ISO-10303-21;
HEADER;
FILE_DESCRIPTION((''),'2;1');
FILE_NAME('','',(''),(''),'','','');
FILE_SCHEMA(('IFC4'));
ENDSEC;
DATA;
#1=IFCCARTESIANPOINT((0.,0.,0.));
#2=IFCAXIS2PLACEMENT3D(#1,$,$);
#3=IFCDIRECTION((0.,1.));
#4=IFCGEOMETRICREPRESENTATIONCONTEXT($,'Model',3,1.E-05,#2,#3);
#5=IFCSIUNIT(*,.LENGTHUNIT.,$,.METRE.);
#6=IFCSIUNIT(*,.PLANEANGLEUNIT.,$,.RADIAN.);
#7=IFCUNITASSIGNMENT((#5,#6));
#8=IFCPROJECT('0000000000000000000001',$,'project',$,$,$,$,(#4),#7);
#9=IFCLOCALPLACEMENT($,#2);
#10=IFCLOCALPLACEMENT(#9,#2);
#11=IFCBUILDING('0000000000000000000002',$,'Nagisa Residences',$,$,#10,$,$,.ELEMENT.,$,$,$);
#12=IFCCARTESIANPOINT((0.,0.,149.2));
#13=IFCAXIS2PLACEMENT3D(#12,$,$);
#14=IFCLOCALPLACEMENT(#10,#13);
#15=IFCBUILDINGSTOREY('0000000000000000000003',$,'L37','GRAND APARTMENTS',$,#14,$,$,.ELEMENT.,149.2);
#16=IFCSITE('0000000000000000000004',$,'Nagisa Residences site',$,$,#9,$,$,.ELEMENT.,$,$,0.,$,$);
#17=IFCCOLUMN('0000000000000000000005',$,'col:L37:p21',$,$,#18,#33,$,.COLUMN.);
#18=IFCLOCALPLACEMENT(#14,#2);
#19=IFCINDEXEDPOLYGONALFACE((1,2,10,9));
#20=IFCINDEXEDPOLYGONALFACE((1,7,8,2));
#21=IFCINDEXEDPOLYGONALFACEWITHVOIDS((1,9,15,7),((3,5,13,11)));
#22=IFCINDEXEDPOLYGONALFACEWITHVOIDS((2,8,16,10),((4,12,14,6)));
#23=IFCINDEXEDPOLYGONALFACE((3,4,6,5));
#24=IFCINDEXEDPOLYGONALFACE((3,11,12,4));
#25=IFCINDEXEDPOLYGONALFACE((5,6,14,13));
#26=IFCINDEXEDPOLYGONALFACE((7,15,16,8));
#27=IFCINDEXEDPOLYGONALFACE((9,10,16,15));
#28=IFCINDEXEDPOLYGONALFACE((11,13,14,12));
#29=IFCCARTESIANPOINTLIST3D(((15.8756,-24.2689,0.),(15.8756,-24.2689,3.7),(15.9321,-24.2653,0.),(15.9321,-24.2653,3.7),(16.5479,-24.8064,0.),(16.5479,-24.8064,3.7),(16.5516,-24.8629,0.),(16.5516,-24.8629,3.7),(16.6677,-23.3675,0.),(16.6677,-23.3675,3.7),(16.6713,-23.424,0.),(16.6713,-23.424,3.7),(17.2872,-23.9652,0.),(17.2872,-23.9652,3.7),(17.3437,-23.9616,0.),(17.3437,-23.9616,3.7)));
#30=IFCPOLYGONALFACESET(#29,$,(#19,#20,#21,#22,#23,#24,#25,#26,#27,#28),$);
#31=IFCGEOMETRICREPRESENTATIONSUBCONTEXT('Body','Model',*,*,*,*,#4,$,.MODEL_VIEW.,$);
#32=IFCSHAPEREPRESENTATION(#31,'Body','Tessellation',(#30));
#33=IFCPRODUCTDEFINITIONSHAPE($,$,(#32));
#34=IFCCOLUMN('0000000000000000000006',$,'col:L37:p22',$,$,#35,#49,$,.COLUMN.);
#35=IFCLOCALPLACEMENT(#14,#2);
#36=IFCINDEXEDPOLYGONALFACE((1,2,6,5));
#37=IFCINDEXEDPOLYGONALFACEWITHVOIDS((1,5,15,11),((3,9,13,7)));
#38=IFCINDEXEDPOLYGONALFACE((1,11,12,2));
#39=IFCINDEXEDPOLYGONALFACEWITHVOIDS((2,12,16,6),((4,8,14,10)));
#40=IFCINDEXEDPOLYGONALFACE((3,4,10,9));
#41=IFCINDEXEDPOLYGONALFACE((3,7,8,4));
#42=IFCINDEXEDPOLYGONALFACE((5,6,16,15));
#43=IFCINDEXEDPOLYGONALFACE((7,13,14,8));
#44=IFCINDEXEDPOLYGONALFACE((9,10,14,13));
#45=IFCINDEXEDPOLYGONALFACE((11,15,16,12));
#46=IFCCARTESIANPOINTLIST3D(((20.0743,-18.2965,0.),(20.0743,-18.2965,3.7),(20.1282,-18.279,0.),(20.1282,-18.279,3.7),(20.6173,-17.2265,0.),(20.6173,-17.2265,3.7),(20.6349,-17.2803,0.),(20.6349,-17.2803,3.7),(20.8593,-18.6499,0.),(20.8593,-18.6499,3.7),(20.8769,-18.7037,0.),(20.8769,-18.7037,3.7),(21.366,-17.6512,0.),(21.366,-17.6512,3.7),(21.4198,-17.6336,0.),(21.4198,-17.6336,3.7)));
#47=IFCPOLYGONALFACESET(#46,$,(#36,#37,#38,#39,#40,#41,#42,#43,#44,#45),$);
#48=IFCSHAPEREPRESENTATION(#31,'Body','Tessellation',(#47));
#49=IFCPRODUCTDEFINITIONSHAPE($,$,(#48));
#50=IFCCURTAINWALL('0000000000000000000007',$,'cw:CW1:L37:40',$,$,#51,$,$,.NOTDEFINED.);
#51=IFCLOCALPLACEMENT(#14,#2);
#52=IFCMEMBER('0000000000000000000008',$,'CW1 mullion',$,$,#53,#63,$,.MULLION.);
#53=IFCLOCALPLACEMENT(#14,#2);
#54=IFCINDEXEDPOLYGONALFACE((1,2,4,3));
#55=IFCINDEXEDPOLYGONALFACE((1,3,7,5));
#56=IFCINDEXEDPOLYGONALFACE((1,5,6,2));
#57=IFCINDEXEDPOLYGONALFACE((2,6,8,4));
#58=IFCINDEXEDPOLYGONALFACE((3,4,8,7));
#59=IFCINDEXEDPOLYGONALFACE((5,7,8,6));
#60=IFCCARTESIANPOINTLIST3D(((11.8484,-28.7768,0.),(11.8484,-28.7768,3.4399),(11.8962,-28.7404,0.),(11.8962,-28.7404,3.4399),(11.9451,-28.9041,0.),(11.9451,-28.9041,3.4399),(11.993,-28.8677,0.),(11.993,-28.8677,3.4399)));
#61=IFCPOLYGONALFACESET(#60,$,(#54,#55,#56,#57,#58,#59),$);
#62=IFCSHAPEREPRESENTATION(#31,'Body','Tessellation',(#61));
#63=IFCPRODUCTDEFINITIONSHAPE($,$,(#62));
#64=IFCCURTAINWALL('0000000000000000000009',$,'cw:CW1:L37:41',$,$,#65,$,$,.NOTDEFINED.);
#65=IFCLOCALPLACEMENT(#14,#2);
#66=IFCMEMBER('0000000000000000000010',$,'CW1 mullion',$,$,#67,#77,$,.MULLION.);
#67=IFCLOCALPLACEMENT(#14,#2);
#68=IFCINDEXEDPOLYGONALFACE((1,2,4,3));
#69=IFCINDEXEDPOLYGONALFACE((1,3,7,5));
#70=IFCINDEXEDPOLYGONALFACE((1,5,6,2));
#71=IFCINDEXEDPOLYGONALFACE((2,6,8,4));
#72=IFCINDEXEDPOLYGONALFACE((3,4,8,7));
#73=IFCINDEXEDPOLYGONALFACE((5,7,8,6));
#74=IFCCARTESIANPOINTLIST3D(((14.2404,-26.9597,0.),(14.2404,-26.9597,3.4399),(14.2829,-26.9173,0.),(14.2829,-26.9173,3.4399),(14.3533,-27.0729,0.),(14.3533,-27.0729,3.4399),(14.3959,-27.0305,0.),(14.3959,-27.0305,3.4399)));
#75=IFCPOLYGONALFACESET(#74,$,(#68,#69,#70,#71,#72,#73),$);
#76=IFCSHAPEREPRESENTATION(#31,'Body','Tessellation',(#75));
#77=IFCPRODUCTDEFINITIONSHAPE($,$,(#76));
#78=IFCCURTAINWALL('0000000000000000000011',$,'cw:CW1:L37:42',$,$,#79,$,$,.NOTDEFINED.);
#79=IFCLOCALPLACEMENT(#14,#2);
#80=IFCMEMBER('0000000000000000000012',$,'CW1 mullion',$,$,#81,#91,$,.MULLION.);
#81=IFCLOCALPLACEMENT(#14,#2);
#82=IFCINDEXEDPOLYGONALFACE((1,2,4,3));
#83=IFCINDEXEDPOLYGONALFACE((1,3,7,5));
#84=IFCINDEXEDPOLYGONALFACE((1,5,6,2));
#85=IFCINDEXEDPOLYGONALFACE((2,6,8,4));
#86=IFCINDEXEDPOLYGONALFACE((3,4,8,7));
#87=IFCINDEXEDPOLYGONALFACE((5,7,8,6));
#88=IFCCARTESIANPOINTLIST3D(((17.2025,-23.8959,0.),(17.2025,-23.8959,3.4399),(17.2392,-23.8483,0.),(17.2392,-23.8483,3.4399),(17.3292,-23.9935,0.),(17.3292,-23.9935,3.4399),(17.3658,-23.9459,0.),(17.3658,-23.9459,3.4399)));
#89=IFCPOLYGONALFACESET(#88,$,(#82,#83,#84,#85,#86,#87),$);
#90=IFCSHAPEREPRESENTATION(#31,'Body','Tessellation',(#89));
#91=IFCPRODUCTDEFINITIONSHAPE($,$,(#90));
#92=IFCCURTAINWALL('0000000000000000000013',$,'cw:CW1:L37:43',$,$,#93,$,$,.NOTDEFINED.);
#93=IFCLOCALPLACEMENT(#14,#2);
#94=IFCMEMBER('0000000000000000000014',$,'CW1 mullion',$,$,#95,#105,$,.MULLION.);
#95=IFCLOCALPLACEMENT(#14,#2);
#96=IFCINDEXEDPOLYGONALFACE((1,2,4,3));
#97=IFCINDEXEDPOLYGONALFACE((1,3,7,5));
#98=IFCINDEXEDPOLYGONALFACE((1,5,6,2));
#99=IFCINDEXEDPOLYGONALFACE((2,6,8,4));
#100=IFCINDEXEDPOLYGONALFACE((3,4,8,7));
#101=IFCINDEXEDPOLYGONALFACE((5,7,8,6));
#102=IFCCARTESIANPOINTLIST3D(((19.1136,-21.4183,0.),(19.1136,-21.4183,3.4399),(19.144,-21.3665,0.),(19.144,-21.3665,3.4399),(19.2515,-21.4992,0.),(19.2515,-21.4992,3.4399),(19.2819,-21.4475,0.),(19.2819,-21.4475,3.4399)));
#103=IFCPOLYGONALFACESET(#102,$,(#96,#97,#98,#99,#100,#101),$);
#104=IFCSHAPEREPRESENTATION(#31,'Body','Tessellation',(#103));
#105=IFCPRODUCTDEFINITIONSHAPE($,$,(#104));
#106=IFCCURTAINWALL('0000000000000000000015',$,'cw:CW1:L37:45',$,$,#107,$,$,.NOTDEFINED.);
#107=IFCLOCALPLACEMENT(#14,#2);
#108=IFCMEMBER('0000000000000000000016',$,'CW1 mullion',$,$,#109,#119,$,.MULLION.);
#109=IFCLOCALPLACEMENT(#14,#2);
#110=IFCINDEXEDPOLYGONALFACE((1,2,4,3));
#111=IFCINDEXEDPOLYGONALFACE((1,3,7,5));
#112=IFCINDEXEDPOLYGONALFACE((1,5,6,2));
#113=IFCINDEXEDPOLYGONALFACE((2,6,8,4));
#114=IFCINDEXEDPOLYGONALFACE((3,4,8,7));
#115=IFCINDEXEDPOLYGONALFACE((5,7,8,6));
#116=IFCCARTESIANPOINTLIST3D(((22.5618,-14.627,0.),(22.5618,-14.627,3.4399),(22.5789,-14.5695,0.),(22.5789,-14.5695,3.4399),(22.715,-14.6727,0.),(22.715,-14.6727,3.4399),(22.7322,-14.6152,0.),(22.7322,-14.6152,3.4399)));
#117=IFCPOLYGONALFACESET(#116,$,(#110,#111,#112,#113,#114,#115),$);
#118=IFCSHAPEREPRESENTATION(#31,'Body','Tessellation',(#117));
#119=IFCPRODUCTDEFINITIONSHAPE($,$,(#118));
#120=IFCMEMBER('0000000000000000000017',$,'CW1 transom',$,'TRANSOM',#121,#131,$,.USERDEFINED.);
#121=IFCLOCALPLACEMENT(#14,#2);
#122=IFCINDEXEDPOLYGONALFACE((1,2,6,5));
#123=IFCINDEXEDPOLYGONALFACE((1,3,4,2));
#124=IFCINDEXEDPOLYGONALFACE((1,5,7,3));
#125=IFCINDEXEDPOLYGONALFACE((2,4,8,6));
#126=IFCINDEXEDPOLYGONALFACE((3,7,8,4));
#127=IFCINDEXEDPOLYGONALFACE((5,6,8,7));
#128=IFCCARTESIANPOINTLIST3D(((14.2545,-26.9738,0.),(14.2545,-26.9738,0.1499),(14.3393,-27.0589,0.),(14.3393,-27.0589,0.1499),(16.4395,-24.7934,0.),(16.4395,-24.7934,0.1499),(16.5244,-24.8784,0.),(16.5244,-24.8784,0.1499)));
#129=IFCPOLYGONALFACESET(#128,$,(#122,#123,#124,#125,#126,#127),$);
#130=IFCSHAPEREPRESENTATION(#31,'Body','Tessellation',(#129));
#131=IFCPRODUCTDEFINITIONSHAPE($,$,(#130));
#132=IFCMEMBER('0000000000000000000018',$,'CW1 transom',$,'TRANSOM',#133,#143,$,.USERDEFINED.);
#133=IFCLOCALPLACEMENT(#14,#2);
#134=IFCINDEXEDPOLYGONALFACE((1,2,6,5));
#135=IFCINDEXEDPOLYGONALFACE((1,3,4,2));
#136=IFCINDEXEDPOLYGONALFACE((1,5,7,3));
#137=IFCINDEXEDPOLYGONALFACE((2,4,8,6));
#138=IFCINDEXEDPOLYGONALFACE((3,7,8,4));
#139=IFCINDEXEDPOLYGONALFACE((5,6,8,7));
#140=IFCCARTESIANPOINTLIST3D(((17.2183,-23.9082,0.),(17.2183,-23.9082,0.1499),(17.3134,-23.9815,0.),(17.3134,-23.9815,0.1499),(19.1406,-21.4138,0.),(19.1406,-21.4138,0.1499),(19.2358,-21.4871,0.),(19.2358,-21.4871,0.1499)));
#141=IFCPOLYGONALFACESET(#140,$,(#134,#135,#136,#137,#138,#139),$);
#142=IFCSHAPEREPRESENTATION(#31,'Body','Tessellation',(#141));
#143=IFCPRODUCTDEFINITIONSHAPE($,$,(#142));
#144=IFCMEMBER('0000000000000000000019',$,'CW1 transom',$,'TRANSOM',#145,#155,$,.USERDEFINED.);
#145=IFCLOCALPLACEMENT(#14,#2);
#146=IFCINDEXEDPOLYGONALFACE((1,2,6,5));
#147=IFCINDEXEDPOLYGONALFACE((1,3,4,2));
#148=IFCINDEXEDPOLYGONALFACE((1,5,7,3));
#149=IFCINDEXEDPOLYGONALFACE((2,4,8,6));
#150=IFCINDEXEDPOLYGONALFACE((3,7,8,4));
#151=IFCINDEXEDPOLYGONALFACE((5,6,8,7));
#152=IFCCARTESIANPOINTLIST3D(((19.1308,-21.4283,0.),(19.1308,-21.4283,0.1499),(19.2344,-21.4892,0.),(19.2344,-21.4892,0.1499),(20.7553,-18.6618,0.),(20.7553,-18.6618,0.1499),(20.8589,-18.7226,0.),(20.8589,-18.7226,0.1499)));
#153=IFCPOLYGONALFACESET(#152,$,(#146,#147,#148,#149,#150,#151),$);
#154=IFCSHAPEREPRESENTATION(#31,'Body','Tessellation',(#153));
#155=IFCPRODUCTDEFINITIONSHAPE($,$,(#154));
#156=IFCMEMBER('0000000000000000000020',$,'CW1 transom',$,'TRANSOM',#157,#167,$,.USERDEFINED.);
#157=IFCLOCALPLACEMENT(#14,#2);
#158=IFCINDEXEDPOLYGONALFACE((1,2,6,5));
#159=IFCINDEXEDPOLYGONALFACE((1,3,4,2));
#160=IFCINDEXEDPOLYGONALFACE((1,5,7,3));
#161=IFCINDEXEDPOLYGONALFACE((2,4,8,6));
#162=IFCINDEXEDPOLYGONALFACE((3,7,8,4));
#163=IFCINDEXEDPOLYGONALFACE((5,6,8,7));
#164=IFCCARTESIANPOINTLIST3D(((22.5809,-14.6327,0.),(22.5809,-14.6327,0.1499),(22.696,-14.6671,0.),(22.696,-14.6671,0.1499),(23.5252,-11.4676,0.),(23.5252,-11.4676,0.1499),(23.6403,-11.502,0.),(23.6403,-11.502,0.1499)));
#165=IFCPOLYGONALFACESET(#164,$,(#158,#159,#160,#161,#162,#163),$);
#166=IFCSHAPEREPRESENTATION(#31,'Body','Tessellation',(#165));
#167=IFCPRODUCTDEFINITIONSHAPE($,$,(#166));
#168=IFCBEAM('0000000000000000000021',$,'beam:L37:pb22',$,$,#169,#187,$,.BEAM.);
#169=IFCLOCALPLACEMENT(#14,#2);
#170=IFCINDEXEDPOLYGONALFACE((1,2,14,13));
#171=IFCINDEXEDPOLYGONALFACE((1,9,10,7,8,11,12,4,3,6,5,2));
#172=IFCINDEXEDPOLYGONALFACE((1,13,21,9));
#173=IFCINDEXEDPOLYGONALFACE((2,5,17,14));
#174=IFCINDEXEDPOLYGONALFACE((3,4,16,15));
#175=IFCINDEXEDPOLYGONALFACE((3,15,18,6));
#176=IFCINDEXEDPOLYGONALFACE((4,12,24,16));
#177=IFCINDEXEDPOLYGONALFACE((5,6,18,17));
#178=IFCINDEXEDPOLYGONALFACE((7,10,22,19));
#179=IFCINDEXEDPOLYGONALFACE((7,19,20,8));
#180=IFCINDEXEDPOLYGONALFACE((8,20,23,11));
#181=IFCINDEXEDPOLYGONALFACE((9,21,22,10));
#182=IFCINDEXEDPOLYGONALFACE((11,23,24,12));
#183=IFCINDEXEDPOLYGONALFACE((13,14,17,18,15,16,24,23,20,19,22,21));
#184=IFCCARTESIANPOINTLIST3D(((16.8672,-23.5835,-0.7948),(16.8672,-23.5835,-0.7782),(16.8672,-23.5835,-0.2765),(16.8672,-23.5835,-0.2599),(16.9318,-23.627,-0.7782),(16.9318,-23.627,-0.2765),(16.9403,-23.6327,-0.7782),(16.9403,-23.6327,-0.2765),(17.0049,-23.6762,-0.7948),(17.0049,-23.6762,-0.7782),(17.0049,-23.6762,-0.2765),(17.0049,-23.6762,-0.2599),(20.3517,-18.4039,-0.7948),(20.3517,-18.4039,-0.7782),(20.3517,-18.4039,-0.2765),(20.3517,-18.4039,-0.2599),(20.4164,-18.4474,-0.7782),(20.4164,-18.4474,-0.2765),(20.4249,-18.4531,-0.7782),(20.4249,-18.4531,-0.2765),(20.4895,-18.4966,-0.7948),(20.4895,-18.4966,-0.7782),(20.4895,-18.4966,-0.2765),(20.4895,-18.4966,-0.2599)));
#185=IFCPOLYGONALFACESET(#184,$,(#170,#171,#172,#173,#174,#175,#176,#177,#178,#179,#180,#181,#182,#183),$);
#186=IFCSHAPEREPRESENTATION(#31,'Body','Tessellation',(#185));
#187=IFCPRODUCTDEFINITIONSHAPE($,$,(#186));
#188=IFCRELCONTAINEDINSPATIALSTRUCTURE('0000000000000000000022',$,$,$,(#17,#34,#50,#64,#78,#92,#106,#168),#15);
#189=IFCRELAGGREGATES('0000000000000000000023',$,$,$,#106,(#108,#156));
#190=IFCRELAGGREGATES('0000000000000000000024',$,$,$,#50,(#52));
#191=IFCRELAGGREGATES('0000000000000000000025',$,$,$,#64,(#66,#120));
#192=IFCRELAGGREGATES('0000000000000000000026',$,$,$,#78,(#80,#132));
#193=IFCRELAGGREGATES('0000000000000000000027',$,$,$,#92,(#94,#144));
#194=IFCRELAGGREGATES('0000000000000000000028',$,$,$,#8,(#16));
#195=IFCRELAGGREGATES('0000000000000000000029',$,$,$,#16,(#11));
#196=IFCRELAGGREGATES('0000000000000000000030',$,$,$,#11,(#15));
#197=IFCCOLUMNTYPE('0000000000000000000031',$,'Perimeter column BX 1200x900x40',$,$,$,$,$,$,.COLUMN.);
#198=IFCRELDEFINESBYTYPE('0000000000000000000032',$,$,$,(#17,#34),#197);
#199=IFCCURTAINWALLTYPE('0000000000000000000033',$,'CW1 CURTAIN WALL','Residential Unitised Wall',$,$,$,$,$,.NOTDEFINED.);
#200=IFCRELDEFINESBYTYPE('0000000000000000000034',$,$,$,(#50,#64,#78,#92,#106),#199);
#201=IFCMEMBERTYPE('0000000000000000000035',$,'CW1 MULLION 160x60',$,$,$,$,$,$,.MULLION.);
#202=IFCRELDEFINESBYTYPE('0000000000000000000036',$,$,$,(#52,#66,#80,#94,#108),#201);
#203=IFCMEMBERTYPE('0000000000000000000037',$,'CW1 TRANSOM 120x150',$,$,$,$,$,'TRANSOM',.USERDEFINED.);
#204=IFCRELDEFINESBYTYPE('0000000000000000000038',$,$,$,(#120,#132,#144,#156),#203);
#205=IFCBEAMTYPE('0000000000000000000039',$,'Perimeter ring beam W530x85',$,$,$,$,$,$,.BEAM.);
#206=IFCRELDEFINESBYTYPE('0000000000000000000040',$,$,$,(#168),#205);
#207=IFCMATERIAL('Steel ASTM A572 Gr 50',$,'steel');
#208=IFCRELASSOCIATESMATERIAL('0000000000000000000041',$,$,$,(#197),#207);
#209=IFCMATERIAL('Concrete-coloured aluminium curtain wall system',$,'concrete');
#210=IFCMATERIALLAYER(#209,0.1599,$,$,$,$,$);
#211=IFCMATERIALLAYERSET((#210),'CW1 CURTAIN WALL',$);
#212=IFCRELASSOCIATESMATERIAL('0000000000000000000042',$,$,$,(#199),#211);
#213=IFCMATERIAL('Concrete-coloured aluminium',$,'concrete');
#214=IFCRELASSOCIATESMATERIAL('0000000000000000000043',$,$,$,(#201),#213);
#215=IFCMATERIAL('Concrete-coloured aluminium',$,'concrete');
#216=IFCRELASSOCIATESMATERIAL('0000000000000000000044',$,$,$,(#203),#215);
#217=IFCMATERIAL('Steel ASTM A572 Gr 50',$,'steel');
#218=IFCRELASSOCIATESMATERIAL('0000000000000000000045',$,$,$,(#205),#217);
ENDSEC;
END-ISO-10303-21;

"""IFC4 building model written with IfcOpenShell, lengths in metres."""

from ifc_helpers import new_model, si_unit, direction, frame, origin, origin_2d, place, context, subcontext, project, spatial, rectangle, hollow_rectangle, i_section, extrude, material, layer, layer_set, material_profile, profile_set, type_object, element, aggregate, save


model = new_model("IFC4")

# Units and contexts
model_context = context("Model", 3, precision=1e-05, world=origin(), true_north=direction((0.0, 1.0)))
body_context = subcontext(model_context, "Body", "Model", "MODEL_VIEW")
ifc_project = project(units=[si_unit("LENGTHUNIT", "METRE"), si_unit("PLANEANGLEUNIT", "RADIAN")], contexts=[model_context])

# Site, building, storey
site_placement = place(None, origin())
site = spatial("IfcSite", under=ifc_project, at=site_placement, Name="Nagisa Residences site", CompositionType="ELEMENT", RefElevation=0.0)
building_placement = place(site_placement, origin())
building = spatial("IfcBuilding", under=site, at=building_placement, Name="Nagisa Residences", CompositionType="ELEMENT")
storey_placement = place(building_placement, frame((0.0, 0.0, 149.2)))
storey = spatial("IfcBuildingStorey", under=building, at=storey_placement, Name="L37", Description="GRAND APARTMENTS", CompositionType="ELEMENT", Elevation=149.2)

# Columns
ifc_material_1 = material(Name="Steel ASTM A572 Gr 50", Category="steel")
ifc_material_profile_1 = material_profile(ifc_material_1, hollow_rectangle(XDim=1.2, YDim=0.8999, WallThickness=0.04, at=origin_2d()), Name="BX 1200x900x40")
ifc_profile_set_1 = profile_set([ifc_material_profile_1], Name="Steel ASTM A572 Gr 50")
column_type = type_object("IfcColumnType", Name="Perimeter column BX 1200x900x40", PredefinedType="COLUMN", material=ifc_profile_set_1)
for number, where, z_axis, x_axis, name in (
    (1, (16.6096, -24.1152, 0.0), (0.0, 0.0, 1.0), (0.660115, 0.751165, 0.0), "col:L37:p21"),
    (2, (20.7471, -17.9651, 0.0), (0.0, 0.0, 1.0), (0.452463, 0.891783, 0.0), "col:L37:p22"),
):
    element("IfcColumn", number, at=place(storey_placement, frame(where, z_axis=z_axis, x_axis=x_axis)), inside=storey, type_object=column_type, Name=name, PredefinedType="COLUMN", context=body_context, shape_type="SweptSolid", body=[
        extrude(hollow_rectangle(XDim=1.2, YDim=0.8999, WallThickness=0.04, at=origin_2d()), origin(), (0.0, 0.0, 1.0), 3.7),
    ])

# Curtain walls, members
ifc_material_2 = material(Name="Concrete-coloured aluminium curtain wall system", Category="concrete")
ifc_layer_1 = layer(ifc_material_2, 0.1599)
ifc_layer_set_1 = layer_set([ifc_layer_1], Name="CW1 CURTAIN WALL")
curtain_wall_type = type_object("IfcCurtainWallType", Name="CW1 CURTAIN WALL", Description="Residential Unitised Wall", PredefinedType="NOTDEFINED", material=ifc_layer_set_1)
curtain_wall_1_placement = place(storey_placement, origin())
curtain_wall_1 = element("IfcCurtainWall", 3, at=curtain_wall_1_placement, inside=storey, type_object=curtain_wall_type, Name="cw:CW1:L37:40", PredefinedType="NOTDEFINED")
ifc_material_3 = material(Name="Concrete-coloured aluminium", Category="concrete")
ifc_material_profile_2 = material_profile(ifc_material_3, rectangle(XDim=0.1599, YDim=0.0601, at=origin_2d()), Name="CW1 MULLION 160x60")
ifc_profile_set_2 = profile_set([ifc_material_profile_2], Name="Concrete-coloured aluminium")
member_type_1 = type_object("IfcMemberType", Name="CW1 MULLION 160x60", PredefinedType="MULLION", material=ifc_profile_set_2)
member_1_placement = place(storey_placement, frame((11.9207, -28.8223, 0.0), z_axis=(0.0, 0.0, 1.0), x_axis=(-0.605255, 0.796031, 0.0)))
member_1 = element("IfcMember", 4, at=member_1_placement, type_object=member_type_1, Name="CW1 mullion", PredefinedType="MULLION", context=body_context, shape_type="SweptSolid", body=[
    extrude(rectangle(XDim=0.1599, YDim=0.0601, at=origin_2d()), origin(), (0.0, 0.0, 1.0), 3.4399),
])
curtain_wall_2_placement = place(storey_placement, origin())
curtain_wall_2 = element("IfcCurtainWall", 5, at=curtain_wall_2_placement, inside=storey, type_object=curtain_wall_type, Name="cw:CW1:L37:41", PredefinedType="NOTDEFINED")
member_2_placement = place(storey_placement, frame((14.3181, -26.9951, 0.0), z_axis=(0.0, 0.0, 1.0), x_axis=(-0.706377, 0.707836, 0.0)))
member_2 = element("IfcMember", 6, at=member_2_placement, type_object=member_type_1, Name="CW1 mullion", PredefinedType="MULLION", context=body_context, shape_type="SweptSolid", body=[
    extrude(rectangle(XDim=0.1599, YDim=0.0601, at=origin_2d()), origin(), (0.0, 0.0, 1.0), 3.4399),
])
curtain_wall_3_placement = place(storey_placement, origin())
curtain_wall_3 = element("IfcCurtainWall", 7, at=curtain_wall_3_placement, inside=storey, type_object=curtain_wall_type, Name="cw:CW1:L37:42", PredefinedType="NOTDEFINED")
member_3_placement = place(storey_placement, frame((17.2842, -23.9209, 0.0), z_axis=(0.0, 0.0, 1.0), x_axis=(-0.79207, 0.61043, 0.0)))
member_3 = element("IfcMember", 8, at=member_3_placement, type_object=member_type_1, Name="CW1 mullion", PredefinedType="MULLION", context=body_context, shape_type="SweptSolid", body=[
    extrude(rectangle(XDim=0.1599, YDim=0.0601, at=origin_2d()), origin(), (0.0, 0.0, 1.0), 3.4399),
])
curtain_wall_4_placement = place(storey_placement, origin())
curtain_wall_4 = element("IfcCurtainWall", 9, at=curtain_wall_4_placement, inside=storey, type_object=curtain_wall_type, Name="cw:CW1:L37:43", PredefinedType="NOTDEFINED")
member_4_placement = place(storey_placement, frame((19.1978, -21.4329, 0.0), z_axis=(0.0, 0.0, 1.0), x_axis=(-0.862329, 0.506349, 0.0)))
member_4 = element("IfcMember", 10, at=member_4_placement, type_object=member_type_1, Name="CW1 mullion", PredefinedType="MULLION", context=body_context, shape_type="SweptSolid", body=[
    extrude(rectangle(XDim=0.1599, YDim=0.0601, at=origin_2d()), origin(), (0.0, 0.0, 1.0), 3.4399),
])
curtain_wall_5_placement = place(storey_placement, origin())
curtain_wall_5 = element("IfcCurtainWall", 11, at=curtain_wall_5_placement, inside=storey, type_object=curtain_wall_type, Name="cw:CW1:L37:45", PredefinedType="NOTDEFINED")
member_5_placement = place(storey_placement, frame((22.647, -14.6211, 0.0), z_axis=(0.0, 0.0, 1.0), x_axis=(-0.958271, 0.28586, 0.0)))
member_5 = element("IfcMember", 12, at=member_5_placement, type_object=member_type_1, Name="CW1 mullion", PredefinedType="MULLION", context=body_context, shape_type="SweptSolid", body=[
    extrude(rectangle(XDim=0.1599, YDim=0.0601, at=origin_2d()), origin(), (0.0, 0.0, 1.0), 3.4399),
])

# Members
ifc_material_4 = material(Name="Concrete-coloured aluminium", Category="concrete")
ifc_material_profile_3 = material_profile(ifc_material_4, rectangle(XDim=0.1201, YDim=0.1499, at=origin_2d()), Name="CW1 TRANSOM 120x150")
ifc_profile_set_3 = profile_set([ifc_material_profile_3], Name="Concrete-coloured aluminium")
member_type_2 = type_object("IfcMemberType", Name="CW1 TRANSOM 120x150", ElementType="TRANSOM", PredefinedType="USERDEFINED", material=ifc_profile_set_3)
member_6_placement = place(storey_placement, frame((14.2969, -27.0164, 0.075), z_axis=(0.707858, 0.706355, 0.0), x_axis=(-0.706355, 0.707858, 0.0)))
member_6 = element("IfcMember", 13, at=member_6_placement, type_object=member_type_2, Name="CW1 transom", ObjectType="TRANSOM", PredefinedType="USERDEFINED", context=body_context, shape_type="SweptSolid", body=[
    extrude(rectangle(XDim=0.1201, YDim=0.1499, at=origin_2d()), origin(), (0.0, 0.0, 1.0), 3.0869),
])
member_7_placement = place(storey_placement, frame((17.2659, -23.9448, 0.075), z_axis=(0.61043, 0.79207, 0.0), x_axis=(-0.79207, 0.61043, 0.0)))
member_7 = element("IfcMember", 14, at=member_7_placement, type_object=member_type_2, Name="CW1 transom", ObjectType="TRANSOM", PredefinedType="USERDEFINED", context=body_context, shape_type="SweptSolid", body=[
    extrude(rectangle(XDim=0.1201, YDim=0.1499, at=origin_2d()), origin(), (0.0, 0.0, 1.0), 3.1492),
])
member_8_placement = place(storey_placement, frame((19.1826, -21.4587, 0.075), z_axis=(0.506348, 0.862329, 0.0), x_axis=(-0.862329, 0.506348, 0.0)))
member_8 = element("IfcMember", 15, at=member_8_placement, type_object=member_type_2, Name="CW1 transom", ObjectType="TRANSOM", PredefinedType="USERDEFINED", context=body_context, shape_type="SweptSolid", body=[
    extrude(rectangle(XDim=0.1201, YDim=0.1499, at=origin_2d()), origin(), (0.0, 0.0, 1.0), 3.2083),
])
member_9_placement = place(storey_placement, frame((22.6384, -14.6499, 0.075), z_axis=(0.28591, 0.958257, 0.0), x_axis=(-0.958257, 0.28591, 0.0)))
member_9 = element("IfcMember", 16, at=member_9_placement, type_object=member_type_2, Name="CW1 transom", ObjectType="TRANSOM", PredefinedType="USERDEFINED", context=body_context, shape_type="SweptSolid", body=[
    extrude(rectangle(XDim=0.1201, YDim=0.1499, at=origin_2d()), origin(), (0.0, 0.0, 1.0), 3.303),
])
aggregate(curtain_wall_5, [member_5, member_9])

# Beam
ifc_material_5 = material(Name="Steel ASTM A572 Gr 50", Category="steel")
ifc_material_profile_4 = material_profile(ifc_material_5, i_section(OverallWidth=0.166, OverallDepth=0.5349, WebThickness=0.0103, FlangeThickness=0.0166, at=origin_2d()), Name="W530x85")
ifc_profile_set_4 = profile_set([ifc_material_profile_4], Name="Steel ASTM A572 Gr 50")
beam_type_1 = type_object("IfcBeamType", Name="Perimeter ring beam W530x85", PredefinedType="BEAM", material=ifc_profile_set_4)
beam_1_placement = place(storey_placement, frame((16.936, -23.6299, -0.5273), z_axis=(0.558188, 0.829715, 0.0), x_axis=(-0.829715, 0.558188, 0.0)))
element("IfcBeam", 17, at=beam_1_placement, inside=storey, type_object=beam_type_1, Name="beam:L37:pb22", PredefinedType="BEAM", context=body_context, shape_type="SweptSolid", body=[
    extrude(i_section(OverallWidth=0.166, OverallDepth=0.5349, WebThickness=0.0103, FlangeThickness=0.0166, at=origin_2d()), origin(), (0.0, 0.0, 1.0), 6.2427),
])

aggregate(curtain_wall_1, [member_1])
aggregate(curtain_wall_2, [member_2, member_6])
aggregate(curtain_wall_3, [member_3, member_7])
aggregate(curtain_wall_4, [member_4, member_8])

save(model, "model.ifc")
